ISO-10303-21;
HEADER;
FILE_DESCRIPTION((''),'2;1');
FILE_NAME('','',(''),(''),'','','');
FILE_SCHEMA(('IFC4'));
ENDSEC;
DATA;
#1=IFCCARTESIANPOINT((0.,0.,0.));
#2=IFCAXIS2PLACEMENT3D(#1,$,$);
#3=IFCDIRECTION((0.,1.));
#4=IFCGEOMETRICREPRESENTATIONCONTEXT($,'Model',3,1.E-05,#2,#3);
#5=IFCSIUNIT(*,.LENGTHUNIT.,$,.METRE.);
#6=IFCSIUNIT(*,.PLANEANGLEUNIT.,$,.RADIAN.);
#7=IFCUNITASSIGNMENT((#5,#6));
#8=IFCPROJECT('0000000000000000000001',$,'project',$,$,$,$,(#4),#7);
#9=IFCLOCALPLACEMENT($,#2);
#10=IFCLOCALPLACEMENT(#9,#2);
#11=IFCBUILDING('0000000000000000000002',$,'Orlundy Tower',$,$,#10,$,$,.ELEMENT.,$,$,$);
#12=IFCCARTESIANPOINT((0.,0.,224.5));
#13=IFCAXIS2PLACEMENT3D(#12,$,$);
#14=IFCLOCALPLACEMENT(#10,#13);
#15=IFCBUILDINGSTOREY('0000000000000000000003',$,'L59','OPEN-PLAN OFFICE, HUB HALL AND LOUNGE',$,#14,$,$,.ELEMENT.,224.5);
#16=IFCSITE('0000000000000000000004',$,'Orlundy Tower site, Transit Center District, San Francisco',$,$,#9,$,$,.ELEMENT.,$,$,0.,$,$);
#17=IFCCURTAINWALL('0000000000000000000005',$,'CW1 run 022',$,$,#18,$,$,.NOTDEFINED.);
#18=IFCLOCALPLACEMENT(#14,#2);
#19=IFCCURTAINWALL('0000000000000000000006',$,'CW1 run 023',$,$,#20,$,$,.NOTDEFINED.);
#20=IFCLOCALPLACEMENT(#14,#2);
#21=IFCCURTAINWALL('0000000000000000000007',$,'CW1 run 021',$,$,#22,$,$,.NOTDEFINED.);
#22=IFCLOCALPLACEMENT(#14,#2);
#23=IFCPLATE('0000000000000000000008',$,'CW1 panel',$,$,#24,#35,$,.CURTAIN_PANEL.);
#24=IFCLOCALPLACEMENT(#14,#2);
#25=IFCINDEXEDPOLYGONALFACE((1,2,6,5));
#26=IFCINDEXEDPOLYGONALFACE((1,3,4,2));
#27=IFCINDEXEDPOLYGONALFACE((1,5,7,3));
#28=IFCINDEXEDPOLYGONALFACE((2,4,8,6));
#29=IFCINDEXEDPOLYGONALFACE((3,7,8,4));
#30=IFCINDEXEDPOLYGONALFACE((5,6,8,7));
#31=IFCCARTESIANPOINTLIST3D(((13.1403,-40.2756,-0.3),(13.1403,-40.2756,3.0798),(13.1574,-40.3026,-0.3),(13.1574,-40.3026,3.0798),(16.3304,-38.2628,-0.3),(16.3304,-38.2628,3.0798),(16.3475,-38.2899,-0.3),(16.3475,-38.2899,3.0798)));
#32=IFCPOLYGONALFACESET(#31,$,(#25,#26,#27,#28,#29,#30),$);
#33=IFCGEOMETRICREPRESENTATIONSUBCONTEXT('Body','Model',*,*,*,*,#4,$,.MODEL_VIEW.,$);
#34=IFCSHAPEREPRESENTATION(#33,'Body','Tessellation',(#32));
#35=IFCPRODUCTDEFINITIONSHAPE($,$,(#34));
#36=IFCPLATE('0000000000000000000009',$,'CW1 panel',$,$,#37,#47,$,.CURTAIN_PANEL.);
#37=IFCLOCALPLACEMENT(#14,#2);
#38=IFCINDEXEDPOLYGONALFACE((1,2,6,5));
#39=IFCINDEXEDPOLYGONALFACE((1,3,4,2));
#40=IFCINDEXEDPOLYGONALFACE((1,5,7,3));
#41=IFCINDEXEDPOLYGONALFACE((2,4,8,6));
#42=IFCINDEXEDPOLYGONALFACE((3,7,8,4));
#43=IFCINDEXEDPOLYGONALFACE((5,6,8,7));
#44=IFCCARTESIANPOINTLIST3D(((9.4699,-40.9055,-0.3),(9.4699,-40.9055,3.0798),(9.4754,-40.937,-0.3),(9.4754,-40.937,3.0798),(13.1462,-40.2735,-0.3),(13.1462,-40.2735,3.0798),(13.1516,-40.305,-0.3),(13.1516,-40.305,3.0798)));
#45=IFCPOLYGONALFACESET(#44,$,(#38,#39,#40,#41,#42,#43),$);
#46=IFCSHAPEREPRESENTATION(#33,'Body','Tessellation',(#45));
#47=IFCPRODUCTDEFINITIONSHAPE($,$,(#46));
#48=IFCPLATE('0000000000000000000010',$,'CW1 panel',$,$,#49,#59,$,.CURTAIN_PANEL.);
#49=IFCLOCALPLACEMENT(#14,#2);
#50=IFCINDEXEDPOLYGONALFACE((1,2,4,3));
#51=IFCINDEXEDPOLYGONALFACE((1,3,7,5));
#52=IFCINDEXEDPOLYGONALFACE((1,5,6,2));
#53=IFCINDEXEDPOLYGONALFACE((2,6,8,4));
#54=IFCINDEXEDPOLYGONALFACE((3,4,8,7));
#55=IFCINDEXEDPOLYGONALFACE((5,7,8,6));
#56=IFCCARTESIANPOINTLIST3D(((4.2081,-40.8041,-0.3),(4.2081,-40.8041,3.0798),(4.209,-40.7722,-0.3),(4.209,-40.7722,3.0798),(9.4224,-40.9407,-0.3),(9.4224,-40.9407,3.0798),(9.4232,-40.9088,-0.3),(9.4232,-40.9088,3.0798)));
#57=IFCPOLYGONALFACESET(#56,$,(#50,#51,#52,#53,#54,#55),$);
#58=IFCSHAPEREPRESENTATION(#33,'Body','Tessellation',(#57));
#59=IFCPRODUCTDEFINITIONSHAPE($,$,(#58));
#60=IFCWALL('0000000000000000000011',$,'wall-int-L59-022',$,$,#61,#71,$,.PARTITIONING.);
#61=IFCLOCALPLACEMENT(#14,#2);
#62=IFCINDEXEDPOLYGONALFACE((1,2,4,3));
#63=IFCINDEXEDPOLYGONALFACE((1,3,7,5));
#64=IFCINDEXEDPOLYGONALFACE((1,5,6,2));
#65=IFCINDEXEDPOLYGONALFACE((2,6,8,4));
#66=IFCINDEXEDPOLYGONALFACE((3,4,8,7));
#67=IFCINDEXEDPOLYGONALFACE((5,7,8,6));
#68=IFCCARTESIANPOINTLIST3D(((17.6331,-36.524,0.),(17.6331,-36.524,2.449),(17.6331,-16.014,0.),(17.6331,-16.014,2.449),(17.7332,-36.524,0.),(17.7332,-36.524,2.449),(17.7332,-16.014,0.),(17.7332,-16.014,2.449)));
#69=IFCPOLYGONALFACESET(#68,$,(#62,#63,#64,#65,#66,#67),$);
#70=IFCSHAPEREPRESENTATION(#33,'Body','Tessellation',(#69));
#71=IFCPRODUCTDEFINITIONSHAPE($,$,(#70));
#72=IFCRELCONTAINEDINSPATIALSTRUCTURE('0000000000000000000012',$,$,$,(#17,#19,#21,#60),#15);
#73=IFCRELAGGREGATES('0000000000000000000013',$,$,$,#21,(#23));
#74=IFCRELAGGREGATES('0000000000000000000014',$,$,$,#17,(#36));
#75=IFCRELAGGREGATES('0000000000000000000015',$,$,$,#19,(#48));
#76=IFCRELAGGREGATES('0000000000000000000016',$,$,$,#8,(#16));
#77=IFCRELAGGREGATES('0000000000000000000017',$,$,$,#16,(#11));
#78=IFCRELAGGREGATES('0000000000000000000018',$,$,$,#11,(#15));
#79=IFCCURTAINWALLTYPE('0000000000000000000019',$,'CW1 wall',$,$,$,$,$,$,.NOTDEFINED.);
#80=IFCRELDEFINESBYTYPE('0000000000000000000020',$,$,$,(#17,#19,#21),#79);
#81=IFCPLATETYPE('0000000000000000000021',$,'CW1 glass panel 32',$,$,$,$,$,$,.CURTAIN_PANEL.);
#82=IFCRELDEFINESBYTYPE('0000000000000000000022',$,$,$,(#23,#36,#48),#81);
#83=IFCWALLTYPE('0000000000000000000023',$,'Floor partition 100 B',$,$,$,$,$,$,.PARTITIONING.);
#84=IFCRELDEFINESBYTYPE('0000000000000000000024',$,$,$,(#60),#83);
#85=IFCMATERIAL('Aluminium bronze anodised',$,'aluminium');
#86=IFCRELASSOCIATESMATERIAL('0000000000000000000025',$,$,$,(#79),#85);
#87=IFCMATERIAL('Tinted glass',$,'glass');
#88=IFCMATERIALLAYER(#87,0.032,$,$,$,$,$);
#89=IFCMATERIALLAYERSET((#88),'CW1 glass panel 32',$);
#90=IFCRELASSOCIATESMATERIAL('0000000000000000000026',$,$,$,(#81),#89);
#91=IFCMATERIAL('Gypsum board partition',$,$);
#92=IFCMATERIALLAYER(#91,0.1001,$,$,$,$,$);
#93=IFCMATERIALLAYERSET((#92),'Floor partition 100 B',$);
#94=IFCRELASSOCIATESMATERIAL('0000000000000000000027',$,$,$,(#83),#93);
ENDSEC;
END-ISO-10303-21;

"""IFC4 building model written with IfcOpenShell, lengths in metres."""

from ifc_helpers import new_model, si_unit, direction, frame, frame_2d, origin, origin_2d, place, context, subcontext, project, spatial, rectangle, extrude, material, layer, layer_set, type_object, element, aggregate, save


model = new_model("IFC4")

# Units and contexts
model_context = context("Model", 3, precision=1e-05, world=origin(), true_north=direction((0.0, 1.0)))
body_context = subcontext(model_context, "Body", "Model", "MODEL_VIEW")
ifc_project = project(units=[si_unit("LENGTHUNIT", "METRE"), si_unit("PLANEANGLEUNIT", "RADIAN")], contexts=[model_context])

# Site, building, storey
site_placement = place(None, origin())
site = spatial("IfcSite", under=ifc_project, at=site_placement, Name="Orlundy Tower site, Transit Center District, San Francisco", CompositionType="ELEMENT", RefElevation=0.0)
building_placement = place(site_placement, origin())
building = spatial("IfcBuilding", under=site, at=building_placement, Name="Orlundy Tower", CompositionType="ELEMENT")
storey_placement = place(building_placement, frame((0.0, 0.0, 224.5)))
storey = spatial("IfcBuildingStorey", under=building, at=storey_placement, Name="L59", Description="OPEN-PLAN OFFICE, HUB HALL AND LOUNGE", CompositionType="ELEMENT", Elevation=224.5)

# Curtain walls
ifc_material_1 = material(Name="Aluminium bronze anodised", Category="aluminium")
curtain_wall_type = type_object("IfcCurtainWallType", Name="CW1 wall", PredefinedType="NOTDEFINED", material=ifc_material_1)
curtain_wall_1_placement = place(storey_placement, origin())
curtain_wall_1 = element("IfcCurtainWall", 1, at=curtain_wall_1_placement, inside=storey, type_object=curtain_wall_type, Name="CW1 run 022", PredefinedType="NOTDEFINED")
curtain_wall_2_placement = place(storey_placement, origin())
curtain_wall_2 = element("IfcCurtainWall", 2, at=curtain_wall_2_placement, inside=storey, type_object=curtain_wall_type, Name="CW1 run 023", PredefinedType="NOTDEFINED")

# Curtain wall
curtain_wall_3_placement = place(storey_placement, origin())
curtain_wall_3 = element("IfcCurtainWall", 3, at=curtain_wall_3_placement, inside=storey, type_object=curtain_wall_type, Name="CW1 run 021", PredefinedType="NOTDEFINED")

# Plates
ifc_material_2 = material(Name="Tinted glass", Category="glass")
ifc_layer_1 = layer(ifc_material_2, 0.032)
ifc_layer_set_1 = layer_set([ifc_layer_1], Name="CW1 glass panel 32")
plate_type = type_object("IfcPlateType", Name="CW1 glass panel 32", PredefinedType="CURTAIN_PANEL", material=ifc_layer_set_1)
plate_1_placement = place(storey_placement, frame((14.7439, -39.2827, -0.3), z_axis=(0.0, 0.0, 1.0), x_axis=(-0.845732, -0.533607, 0.0)))
plate_1 = element("IfcPlate", 4, at=plate_1_placement, type_object=plate_type, Name="CW1 panel", PredefinedType="CURTAIN_PANEL", context=body_context, shape_type="SweptSolid", body=[
    extrude(rectangle(XDim=3.772, YDim=0.032, at=origin_2d()), origin(), (0.0, 0.0, 1.0), 3.3799),
])
aggregate(curtain_wall_3, [plate_1])
plate_2_placement = place(storey_placement, frame((11.3108, -40.6052, -0.3), z_axis=(0.0, 0.0, 1.0), x_axis=(-0.985543, -0.169428, 0.0)))
plate_2 = element("IfcPlate", 5, at=plate_2_placement, type_object=plate_type, Name="CW1 panel", PredefinedType="CURTAIN_PANEL", context=body_context, shape_type="SweptSolid", body=[
    extrude(rectangle(XDim=3.7302, YDim=0.032, at=origin_2d()), origin(), (0.0, 0.0, 1.0), 3.3799),
])
aggregate(curtain_wall_1, [plate_2])
plate_3_placement = place(storey_placement, frame((6.8157, -40.8564, -0.3), z_axis=(0.0, 0.0, 1.0), x_axis=(-0.999657, 0.02619, 0.0)))
plate_3 = element("IfcPlate", 6, at=plate_3_placement, type_object=plate_type, Name="CW1 panel", PredefinedType="CURTAIN_PANEL", context=body_context, shape_type="SweptSolid", body=[
    extrude(rectangle(XDim=5.2161, YDim=0.032, at=origin_2d()), origin(), (0.0, 0.0, 1.0), 3.3799),
])
aggregate(curtain_wall_2, [plate_3])

# Wall
ifc_material_3 = material(Name="Gypsum board partition")
ifc_layer_2 = layer(ifc_material_3, 0.1001)
ifc_layer_set_2 = layer_set([ifc_layer_2], Name="Floor partition 100 B")
wall_type = type_object("IfcWallType", Name="Floor partition 100 B", PredefinedType="PARTITIONING", material=ifc_layer_set_2)
wall_placement = place(storey_placement, frame((17.6831, -36.5239, 0.0), z_axis=(0.0, 0.0, 1.0), x_axis=(0.0, 1.0, 0.0)))
element("IfcWall", 7, at=wall_placement, inside=storey, type_object=wall_type, Name="wall-int-L59-022", PredefinedType="PARTITIONING", context=body_context, shape_type="SweptSolid", body=[
    extrude(rectangle(XDim=20.51, YDim=0.1001, at=frame_2d((10.2549, 0.0))), origin(), (0.0, 0.0, 1.0), 2.449),
])

save(model, "model.ifc")
